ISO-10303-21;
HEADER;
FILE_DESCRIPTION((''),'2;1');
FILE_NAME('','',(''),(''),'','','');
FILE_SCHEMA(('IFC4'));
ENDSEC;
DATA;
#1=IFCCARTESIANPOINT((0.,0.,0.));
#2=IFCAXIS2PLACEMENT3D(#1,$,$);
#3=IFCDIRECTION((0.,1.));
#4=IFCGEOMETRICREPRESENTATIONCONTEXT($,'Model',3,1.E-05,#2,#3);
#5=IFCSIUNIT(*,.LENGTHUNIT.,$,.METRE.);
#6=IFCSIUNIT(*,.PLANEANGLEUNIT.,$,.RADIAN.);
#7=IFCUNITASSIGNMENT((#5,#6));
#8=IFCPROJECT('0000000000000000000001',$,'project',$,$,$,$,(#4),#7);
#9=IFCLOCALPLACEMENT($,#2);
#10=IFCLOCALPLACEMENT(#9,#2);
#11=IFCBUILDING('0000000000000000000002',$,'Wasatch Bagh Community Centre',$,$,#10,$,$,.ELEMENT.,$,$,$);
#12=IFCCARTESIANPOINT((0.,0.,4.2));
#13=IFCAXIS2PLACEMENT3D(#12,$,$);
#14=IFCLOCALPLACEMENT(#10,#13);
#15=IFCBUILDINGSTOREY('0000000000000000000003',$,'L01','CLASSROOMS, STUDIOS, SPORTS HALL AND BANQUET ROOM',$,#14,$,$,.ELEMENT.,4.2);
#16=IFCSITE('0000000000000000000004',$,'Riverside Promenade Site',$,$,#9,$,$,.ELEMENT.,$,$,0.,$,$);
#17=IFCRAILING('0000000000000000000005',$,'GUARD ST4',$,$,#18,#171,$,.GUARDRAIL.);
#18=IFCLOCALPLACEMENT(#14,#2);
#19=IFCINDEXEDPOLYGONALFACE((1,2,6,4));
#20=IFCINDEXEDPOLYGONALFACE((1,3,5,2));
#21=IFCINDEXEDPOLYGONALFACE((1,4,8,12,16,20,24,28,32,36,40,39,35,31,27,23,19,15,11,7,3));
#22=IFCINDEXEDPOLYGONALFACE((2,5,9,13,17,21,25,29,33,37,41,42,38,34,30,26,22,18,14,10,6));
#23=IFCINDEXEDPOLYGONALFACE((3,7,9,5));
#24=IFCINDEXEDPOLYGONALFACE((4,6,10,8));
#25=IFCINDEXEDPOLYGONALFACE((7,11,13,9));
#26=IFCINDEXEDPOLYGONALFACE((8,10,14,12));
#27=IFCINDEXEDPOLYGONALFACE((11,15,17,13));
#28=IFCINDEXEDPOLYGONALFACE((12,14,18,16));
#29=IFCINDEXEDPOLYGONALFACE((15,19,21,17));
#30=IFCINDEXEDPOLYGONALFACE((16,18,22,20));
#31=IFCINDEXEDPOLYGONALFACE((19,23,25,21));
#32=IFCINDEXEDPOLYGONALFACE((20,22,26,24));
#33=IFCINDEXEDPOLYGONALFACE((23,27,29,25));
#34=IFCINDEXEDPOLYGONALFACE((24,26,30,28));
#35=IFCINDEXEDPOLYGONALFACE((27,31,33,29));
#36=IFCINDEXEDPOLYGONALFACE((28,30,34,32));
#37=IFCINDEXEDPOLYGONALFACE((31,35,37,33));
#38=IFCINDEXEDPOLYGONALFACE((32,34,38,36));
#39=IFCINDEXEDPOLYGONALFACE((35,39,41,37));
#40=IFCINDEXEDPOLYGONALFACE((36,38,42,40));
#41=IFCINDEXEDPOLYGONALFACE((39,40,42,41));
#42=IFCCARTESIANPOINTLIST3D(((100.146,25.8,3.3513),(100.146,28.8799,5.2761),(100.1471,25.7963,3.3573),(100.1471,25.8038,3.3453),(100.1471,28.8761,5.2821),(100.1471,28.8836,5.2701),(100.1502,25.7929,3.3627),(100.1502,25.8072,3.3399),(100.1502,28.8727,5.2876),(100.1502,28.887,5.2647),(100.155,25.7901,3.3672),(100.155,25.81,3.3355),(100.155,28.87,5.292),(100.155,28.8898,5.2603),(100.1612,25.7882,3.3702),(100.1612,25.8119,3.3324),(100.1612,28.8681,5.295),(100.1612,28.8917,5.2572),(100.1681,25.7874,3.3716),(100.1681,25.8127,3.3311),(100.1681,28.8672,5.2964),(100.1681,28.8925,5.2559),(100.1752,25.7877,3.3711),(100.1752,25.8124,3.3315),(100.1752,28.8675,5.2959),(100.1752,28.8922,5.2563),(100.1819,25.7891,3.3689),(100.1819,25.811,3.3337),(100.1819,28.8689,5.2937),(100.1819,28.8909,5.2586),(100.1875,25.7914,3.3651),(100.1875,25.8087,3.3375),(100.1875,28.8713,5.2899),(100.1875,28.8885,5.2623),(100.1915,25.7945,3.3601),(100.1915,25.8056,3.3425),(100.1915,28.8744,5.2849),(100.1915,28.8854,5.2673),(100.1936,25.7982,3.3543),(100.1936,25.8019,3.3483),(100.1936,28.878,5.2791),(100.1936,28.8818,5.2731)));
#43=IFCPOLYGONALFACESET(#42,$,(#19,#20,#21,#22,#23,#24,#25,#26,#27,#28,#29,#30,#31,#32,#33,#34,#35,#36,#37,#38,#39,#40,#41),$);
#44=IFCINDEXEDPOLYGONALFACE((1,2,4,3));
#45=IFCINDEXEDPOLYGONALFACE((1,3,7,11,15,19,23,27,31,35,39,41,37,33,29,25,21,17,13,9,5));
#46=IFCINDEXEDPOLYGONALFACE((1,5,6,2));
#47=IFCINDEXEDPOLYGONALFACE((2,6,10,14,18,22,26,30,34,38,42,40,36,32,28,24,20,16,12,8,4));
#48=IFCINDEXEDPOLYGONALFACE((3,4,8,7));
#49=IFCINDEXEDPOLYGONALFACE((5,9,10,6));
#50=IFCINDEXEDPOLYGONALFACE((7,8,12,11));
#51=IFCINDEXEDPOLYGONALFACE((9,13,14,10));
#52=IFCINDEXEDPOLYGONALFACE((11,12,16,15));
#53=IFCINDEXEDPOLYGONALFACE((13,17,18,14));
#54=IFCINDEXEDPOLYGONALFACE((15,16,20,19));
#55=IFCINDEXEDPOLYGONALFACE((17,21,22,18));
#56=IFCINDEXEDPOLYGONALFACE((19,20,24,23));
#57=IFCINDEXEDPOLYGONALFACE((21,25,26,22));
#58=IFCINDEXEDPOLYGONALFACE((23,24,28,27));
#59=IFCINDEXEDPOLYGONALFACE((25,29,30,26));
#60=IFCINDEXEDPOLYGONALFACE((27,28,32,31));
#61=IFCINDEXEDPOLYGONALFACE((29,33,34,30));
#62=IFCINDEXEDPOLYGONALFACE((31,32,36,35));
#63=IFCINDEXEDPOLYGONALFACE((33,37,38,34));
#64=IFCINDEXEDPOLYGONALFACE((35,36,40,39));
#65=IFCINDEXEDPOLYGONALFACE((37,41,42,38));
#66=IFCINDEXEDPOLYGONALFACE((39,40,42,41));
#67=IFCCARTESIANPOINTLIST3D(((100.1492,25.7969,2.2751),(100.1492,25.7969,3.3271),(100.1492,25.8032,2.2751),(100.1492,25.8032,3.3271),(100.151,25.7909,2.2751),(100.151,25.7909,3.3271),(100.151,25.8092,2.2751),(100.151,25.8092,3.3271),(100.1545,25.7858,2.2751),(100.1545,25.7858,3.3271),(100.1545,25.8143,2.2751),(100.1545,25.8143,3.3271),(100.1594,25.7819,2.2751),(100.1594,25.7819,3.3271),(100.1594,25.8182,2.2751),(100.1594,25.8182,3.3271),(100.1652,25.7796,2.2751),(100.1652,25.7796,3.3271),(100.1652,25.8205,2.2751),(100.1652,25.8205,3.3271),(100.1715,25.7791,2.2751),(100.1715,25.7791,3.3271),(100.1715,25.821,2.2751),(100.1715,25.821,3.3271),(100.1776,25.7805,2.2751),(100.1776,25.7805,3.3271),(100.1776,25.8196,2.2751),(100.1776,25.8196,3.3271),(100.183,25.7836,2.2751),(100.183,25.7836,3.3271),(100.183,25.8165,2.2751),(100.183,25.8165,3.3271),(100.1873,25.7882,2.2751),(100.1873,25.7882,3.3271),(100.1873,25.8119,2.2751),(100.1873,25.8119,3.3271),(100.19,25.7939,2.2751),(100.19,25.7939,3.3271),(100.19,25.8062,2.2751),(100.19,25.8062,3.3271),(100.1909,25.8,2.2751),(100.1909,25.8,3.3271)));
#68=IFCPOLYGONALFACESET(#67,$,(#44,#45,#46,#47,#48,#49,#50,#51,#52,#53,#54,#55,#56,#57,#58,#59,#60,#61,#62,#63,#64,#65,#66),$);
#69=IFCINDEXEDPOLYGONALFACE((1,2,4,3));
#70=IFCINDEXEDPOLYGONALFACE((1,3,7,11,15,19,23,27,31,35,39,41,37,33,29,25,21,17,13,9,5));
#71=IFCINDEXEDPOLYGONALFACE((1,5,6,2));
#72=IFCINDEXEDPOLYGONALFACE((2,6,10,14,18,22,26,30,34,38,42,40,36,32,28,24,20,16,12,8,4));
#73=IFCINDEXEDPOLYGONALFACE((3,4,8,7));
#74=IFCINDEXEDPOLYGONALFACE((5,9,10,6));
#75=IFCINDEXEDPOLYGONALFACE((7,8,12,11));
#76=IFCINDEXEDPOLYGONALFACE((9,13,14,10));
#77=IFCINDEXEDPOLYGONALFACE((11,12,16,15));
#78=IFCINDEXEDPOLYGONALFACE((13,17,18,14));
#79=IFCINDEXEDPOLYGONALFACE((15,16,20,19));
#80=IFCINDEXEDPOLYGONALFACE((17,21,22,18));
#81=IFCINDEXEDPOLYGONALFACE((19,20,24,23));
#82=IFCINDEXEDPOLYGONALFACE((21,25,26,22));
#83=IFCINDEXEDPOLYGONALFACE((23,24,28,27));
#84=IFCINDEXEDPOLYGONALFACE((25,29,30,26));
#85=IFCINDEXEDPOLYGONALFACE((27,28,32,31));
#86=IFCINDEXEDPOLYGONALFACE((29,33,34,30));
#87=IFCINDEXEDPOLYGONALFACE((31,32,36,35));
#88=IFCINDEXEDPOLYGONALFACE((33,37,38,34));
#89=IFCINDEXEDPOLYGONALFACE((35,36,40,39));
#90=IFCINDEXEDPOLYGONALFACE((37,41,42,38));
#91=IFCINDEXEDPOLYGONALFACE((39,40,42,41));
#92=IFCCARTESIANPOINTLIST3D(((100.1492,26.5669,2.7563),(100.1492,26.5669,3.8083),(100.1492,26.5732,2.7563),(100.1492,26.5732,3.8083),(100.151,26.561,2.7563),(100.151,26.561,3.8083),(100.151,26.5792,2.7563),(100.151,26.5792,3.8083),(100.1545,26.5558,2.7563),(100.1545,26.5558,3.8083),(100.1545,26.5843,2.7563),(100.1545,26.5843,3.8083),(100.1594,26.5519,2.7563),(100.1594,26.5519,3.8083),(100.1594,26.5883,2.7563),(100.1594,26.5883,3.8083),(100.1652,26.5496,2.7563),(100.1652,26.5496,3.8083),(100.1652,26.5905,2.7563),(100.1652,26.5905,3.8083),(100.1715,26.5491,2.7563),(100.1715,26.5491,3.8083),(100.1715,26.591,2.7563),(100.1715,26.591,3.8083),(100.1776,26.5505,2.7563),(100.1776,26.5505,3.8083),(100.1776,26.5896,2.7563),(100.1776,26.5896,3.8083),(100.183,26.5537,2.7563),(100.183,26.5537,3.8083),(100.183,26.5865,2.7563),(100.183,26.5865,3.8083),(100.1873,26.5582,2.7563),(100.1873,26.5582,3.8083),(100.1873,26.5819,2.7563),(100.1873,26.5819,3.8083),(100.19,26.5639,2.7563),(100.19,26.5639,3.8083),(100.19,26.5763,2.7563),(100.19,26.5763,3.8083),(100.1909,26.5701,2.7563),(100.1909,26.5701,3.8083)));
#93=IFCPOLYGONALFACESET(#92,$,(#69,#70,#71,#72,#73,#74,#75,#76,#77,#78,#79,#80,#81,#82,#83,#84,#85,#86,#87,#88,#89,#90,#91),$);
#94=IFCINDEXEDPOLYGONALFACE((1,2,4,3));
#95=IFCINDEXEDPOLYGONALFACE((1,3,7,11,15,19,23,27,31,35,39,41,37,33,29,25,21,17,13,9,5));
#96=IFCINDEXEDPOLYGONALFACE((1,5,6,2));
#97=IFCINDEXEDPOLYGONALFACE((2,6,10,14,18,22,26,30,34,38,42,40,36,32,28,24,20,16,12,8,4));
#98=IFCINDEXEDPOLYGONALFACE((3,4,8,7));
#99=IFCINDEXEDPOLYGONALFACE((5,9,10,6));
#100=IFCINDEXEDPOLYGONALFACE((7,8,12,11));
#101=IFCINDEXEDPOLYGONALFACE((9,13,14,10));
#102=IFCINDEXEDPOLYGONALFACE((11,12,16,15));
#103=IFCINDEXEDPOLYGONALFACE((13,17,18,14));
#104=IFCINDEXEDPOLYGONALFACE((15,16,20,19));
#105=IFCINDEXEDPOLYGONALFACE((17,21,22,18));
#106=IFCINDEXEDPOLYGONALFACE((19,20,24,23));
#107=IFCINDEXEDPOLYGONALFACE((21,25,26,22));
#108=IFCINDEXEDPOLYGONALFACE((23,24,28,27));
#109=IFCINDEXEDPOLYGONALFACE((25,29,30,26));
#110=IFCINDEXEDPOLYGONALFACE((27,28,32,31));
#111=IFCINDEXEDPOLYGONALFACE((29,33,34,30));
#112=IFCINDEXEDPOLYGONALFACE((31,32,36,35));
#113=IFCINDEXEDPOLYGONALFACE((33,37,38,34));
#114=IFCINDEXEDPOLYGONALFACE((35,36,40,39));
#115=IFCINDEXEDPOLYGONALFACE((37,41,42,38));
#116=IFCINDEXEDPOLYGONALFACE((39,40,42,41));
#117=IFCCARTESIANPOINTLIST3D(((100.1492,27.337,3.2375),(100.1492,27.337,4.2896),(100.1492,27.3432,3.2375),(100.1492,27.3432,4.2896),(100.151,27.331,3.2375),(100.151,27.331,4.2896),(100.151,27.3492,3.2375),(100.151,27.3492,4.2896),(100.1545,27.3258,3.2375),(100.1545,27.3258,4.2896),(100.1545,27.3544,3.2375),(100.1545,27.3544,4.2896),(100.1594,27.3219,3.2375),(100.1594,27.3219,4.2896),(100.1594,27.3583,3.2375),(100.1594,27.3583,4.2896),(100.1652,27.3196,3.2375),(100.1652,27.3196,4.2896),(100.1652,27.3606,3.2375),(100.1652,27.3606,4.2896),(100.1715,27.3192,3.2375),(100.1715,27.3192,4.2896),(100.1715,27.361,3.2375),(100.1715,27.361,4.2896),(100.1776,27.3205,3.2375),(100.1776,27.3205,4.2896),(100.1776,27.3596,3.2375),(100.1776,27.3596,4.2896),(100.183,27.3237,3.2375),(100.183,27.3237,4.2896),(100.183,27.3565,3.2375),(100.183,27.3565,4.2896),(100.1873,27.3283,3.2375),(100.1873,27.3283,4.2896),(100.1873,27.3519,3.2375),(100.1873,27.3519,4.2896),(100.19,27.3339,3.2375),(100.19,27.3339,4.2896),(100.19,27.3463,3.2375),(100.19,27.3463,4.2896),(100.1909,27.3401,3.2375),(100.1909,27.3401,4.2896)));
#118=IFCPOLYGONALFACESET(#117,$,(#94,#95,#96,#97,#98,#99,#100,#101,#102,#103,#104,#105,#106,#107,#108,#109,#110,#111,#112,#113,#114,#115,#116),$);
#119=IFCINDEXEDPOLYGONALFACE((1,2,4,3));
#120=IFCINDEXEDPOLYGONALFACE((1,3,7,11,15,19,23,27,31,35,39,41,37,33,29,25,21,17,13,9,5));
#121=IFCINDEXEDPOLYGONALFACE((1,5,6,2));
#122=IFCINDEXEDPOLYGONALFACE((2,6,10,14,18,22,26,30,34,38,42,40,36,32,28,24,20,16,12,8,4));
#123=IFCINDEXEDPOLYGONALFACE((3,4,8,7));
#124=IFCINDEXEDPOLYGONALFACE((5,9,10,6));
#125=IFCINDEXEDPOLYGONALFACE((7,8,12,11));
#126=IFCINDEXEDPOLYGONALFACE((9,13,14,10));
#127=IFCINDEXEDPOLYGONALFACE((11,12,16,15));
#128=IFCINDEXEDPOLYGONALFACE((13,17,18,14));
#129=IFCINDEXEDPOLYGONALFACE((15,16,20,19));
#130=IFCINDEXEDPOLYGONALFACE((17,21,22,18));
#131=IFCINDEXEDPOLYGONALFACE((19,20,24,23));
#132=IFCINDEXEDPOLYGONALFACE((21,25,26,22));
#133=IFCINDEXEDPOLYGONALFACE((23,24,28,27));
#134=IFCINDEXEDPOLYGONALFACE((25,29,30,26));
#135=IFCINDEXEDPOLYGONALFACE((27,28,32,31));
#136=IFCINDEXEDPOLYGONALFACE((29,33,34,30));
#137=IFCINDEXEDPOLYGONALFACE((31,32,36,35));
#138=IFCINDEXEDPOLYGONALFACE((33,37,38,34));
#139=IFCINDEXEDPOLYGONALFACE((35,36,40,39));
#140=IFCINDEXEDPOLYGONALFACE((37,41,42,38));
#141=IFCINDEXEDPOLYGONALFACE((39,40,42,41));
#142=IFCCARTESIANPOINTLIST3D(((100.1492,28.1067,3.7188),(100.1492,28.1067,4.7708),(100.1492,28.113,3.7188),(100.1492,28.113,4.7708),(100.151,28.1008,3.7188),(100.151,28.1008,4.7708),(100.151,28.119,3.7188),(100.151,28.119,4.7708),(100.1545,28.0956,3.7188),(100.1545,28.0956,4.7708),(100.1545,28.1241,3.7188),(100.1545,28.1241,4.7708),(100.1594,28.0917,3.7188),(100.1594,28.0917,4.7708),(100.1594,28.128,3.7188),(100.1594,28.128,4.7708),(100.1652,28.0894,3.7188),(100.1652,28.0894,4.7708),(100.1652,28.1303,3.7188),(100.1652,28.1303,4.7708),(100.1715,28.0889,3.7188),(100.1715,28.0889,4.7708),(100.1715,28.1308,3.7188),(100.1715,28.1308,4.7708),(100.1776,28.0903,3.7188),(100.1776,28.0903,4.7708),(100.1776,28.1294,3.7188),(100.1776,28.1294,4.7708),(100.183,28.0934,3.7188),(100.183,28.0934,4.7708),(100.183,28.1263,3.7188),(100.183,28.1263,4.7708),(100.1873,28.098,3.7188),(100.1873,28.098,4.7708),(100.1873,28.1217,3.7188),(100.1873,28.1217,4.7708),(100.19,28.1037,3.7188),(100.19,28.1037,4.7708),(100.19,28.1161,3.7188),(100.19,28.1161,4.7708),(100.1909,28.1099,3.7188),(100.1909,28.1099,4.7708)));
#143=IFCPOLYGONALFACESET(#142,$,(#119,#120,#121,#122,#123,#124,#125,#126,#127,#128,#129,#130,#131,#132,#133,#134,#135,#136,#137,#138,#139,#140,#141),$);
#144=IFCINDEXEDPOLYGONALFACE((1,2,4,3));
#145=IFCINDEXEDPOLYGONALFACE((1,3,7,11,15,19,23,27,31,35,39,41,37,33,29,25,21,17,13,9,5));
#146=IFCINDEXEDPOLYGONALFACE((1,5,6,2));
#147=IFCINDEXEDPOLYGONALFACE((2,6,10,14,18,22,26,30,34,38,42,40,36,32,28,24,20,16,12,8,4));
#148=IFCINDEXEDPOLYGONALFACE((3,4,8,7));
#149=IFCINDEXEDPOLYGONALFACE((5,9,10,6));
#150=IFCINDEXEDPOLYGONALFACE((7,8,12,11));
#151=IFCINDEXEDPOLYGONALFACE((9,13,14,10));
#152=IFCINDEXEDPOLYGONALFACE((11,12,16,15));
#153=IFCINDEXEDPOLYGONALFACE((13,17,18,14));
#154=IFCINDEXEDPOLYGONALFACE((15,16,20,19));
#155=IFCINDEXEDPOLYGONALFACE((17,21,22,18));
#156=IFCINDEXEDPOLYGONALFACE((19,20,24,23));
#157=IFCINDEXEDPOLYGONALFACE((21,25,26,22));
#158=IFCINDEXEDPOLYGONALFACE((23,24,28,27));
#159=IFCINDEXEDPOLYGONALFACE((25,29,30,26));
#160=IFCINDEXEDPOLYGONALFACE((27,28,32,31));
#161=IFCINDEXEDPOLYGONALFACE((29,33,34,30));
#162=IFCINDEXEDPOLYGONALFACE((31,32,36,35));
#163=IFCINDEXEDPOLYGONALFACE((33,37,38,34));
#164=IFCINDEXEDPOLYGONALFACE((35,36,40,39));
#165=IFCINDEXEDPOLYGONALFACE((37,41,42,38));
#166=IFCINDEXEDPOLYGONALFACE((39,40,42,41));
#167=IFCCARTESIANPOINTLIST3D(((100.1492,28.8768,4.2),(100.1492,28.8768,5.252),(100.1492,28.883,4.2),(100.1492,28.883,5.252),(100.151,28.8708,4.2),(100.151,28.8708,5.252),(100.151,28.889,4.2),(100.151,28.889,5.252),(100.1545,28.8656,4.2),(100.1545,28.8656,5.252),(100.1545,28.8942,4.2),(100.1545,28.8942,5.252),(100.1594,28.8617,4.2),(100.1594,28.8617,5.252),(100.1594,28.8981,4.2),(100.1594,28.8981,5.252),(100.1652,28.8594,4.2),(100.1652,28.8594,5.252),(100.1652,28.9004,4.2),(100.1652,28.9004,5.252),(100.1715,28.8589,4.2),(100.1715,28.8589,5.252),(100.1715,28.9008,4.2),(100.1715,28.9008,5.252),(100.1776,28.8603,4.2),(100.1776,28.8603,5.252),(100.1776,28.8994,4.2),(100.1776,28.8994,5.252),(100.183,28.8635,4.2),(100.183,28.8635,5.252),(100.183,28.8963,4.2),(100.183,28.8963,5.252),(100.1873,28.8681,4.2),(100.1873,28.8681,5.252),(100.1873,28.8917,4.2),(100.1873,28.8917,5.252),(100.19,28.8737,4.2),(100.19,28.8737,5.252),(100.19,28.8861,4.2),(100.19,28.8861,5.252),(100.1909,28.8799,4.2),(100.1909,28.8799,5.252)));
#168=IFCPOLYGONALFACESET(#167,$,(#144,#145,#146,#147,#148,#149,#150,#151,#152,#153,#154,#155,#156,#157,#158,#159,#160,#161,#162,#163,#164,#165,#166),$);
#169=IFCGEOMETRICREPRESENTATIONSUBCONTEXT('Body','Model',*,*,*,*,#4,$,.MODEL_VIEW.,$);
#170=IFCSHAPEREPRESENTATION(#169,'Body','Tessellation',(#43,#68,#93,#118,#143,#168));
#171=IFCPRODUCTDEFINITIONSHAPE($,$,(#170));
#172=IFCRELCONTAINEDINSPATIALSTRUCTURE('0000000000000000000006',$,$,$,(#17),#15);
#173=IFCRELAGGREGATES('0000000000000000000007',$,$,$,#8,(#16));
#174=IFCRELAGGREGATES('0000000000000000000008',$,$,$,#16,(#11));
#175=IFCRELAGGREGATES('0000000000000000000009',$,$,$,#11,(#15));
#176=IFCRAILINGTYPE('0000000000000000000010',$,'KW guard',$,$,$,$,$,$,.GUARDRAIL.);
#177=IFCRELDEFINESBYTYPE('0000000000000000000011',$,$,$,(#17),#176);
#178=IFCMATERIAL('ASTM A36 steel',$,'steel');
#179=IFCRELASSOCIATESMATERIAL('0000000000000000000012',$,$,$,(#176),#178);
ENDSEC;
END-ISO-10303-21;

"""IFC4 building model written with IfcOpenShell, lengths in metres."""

from ifc_helpers import new_model, si_unit, direction, frame, origin, origin_2d, place, context, subcontext, project, spatial, circle, extrude, material, type_object, element, save


model = new_model("IFC4")

# Units and contexts
model_context = context("Model", 3, precision=1e-05, world=origin(), true_north=direction((0.0, 1.0)))
body_context = subcontext(model_context, "Body", "Model", "MODEL_VIEW")
ifc_project = project(units=[si_unit("LENGTHUNIT", "METRE"), si_unit("PLANEANGLEUNIT", "RADIAN")], contexts=[model_context])

# Site, building, storey
site_placement = place(None, origin())
site = spatial("IfcSite", under=ifc_project, at=site_placement, Name="Riverside Promenade Site", CompositionType="ELEMENT", RefElevation=0.0)
building_placement = place(site_placement, origin())
building = spatial("IfcBuilding", under=site, at=building_placement, Name="Wasatch Bagh Community Centre", CompositionType="ELEMENT")
storey_placement = place(building_placement, frame((0.0, 0.0, 4.2)))
storey = spatial("IfcBuildingStorey", under=building, at=storey_placement, Name="L01", Description="CLASSROOMS, STUDIOS, SPORTS HALL AND BANQUET ROOM", CompositionType="ELEMENT", Elevation=4.2)

# Railing
ifc_material_1 = material(Name="ASTM A36 steel", Category="steel")
railing_type_1 = type_object("IfcRailingType", Name="KW guard", PredefinedType="GUARDRAIL", material=ifc_material_1)
for number, where, name in (
    (1, (100.1699, 25.8, 2.2751), "GUARD ST4"),
):
    element("IfcRailing", number, at=place(storey_placement, frame(where)), inside=storey, type_object=railing_type_1, Name=name, PredefinedType="GUARDRAIL", context=body_context, shape_type="SweptSolid", body=[
        extrude(circle(Radius=0.0239, at=origin_2d()), frame((0.0, 0.0, 1.0762), z_axis=(0.0, 0.84801, 0.529981), x_axis=(-1.0, 0.0, 0.0)), (0.0, 0.0, 1.0), 3.6318),
        extrude(circle(Radius=0.021, at=origin_2d()), origin(), (0.0, 0.0, 1.0), 1.052),
        extrude(circle(Radius=0.021, at=origin_2d()), frame((0.0, 0.77, 0.4812)), (0.0, 0.0, 1.0), 1.052),
        extrude(circle(Radius=0.021, at=origin_2d()), frame((0.0, 1.54, 0.9624)), (0.0, 0.0, 1.0), 1.052),
        extrude(circle(Radius=0.021, at=origin_2d()), frame((0.0, 2.3098, 1.4436)), (0.0, 0.0, 1.0), 1.052),
        extrude(circle(Radius=0.021, at=origin_2d()), frame((0.0, 3.0798, 1.9248)), (0.0, 0.0, 1.0), 1.052),
    ])

save(model, "model.ifc")
